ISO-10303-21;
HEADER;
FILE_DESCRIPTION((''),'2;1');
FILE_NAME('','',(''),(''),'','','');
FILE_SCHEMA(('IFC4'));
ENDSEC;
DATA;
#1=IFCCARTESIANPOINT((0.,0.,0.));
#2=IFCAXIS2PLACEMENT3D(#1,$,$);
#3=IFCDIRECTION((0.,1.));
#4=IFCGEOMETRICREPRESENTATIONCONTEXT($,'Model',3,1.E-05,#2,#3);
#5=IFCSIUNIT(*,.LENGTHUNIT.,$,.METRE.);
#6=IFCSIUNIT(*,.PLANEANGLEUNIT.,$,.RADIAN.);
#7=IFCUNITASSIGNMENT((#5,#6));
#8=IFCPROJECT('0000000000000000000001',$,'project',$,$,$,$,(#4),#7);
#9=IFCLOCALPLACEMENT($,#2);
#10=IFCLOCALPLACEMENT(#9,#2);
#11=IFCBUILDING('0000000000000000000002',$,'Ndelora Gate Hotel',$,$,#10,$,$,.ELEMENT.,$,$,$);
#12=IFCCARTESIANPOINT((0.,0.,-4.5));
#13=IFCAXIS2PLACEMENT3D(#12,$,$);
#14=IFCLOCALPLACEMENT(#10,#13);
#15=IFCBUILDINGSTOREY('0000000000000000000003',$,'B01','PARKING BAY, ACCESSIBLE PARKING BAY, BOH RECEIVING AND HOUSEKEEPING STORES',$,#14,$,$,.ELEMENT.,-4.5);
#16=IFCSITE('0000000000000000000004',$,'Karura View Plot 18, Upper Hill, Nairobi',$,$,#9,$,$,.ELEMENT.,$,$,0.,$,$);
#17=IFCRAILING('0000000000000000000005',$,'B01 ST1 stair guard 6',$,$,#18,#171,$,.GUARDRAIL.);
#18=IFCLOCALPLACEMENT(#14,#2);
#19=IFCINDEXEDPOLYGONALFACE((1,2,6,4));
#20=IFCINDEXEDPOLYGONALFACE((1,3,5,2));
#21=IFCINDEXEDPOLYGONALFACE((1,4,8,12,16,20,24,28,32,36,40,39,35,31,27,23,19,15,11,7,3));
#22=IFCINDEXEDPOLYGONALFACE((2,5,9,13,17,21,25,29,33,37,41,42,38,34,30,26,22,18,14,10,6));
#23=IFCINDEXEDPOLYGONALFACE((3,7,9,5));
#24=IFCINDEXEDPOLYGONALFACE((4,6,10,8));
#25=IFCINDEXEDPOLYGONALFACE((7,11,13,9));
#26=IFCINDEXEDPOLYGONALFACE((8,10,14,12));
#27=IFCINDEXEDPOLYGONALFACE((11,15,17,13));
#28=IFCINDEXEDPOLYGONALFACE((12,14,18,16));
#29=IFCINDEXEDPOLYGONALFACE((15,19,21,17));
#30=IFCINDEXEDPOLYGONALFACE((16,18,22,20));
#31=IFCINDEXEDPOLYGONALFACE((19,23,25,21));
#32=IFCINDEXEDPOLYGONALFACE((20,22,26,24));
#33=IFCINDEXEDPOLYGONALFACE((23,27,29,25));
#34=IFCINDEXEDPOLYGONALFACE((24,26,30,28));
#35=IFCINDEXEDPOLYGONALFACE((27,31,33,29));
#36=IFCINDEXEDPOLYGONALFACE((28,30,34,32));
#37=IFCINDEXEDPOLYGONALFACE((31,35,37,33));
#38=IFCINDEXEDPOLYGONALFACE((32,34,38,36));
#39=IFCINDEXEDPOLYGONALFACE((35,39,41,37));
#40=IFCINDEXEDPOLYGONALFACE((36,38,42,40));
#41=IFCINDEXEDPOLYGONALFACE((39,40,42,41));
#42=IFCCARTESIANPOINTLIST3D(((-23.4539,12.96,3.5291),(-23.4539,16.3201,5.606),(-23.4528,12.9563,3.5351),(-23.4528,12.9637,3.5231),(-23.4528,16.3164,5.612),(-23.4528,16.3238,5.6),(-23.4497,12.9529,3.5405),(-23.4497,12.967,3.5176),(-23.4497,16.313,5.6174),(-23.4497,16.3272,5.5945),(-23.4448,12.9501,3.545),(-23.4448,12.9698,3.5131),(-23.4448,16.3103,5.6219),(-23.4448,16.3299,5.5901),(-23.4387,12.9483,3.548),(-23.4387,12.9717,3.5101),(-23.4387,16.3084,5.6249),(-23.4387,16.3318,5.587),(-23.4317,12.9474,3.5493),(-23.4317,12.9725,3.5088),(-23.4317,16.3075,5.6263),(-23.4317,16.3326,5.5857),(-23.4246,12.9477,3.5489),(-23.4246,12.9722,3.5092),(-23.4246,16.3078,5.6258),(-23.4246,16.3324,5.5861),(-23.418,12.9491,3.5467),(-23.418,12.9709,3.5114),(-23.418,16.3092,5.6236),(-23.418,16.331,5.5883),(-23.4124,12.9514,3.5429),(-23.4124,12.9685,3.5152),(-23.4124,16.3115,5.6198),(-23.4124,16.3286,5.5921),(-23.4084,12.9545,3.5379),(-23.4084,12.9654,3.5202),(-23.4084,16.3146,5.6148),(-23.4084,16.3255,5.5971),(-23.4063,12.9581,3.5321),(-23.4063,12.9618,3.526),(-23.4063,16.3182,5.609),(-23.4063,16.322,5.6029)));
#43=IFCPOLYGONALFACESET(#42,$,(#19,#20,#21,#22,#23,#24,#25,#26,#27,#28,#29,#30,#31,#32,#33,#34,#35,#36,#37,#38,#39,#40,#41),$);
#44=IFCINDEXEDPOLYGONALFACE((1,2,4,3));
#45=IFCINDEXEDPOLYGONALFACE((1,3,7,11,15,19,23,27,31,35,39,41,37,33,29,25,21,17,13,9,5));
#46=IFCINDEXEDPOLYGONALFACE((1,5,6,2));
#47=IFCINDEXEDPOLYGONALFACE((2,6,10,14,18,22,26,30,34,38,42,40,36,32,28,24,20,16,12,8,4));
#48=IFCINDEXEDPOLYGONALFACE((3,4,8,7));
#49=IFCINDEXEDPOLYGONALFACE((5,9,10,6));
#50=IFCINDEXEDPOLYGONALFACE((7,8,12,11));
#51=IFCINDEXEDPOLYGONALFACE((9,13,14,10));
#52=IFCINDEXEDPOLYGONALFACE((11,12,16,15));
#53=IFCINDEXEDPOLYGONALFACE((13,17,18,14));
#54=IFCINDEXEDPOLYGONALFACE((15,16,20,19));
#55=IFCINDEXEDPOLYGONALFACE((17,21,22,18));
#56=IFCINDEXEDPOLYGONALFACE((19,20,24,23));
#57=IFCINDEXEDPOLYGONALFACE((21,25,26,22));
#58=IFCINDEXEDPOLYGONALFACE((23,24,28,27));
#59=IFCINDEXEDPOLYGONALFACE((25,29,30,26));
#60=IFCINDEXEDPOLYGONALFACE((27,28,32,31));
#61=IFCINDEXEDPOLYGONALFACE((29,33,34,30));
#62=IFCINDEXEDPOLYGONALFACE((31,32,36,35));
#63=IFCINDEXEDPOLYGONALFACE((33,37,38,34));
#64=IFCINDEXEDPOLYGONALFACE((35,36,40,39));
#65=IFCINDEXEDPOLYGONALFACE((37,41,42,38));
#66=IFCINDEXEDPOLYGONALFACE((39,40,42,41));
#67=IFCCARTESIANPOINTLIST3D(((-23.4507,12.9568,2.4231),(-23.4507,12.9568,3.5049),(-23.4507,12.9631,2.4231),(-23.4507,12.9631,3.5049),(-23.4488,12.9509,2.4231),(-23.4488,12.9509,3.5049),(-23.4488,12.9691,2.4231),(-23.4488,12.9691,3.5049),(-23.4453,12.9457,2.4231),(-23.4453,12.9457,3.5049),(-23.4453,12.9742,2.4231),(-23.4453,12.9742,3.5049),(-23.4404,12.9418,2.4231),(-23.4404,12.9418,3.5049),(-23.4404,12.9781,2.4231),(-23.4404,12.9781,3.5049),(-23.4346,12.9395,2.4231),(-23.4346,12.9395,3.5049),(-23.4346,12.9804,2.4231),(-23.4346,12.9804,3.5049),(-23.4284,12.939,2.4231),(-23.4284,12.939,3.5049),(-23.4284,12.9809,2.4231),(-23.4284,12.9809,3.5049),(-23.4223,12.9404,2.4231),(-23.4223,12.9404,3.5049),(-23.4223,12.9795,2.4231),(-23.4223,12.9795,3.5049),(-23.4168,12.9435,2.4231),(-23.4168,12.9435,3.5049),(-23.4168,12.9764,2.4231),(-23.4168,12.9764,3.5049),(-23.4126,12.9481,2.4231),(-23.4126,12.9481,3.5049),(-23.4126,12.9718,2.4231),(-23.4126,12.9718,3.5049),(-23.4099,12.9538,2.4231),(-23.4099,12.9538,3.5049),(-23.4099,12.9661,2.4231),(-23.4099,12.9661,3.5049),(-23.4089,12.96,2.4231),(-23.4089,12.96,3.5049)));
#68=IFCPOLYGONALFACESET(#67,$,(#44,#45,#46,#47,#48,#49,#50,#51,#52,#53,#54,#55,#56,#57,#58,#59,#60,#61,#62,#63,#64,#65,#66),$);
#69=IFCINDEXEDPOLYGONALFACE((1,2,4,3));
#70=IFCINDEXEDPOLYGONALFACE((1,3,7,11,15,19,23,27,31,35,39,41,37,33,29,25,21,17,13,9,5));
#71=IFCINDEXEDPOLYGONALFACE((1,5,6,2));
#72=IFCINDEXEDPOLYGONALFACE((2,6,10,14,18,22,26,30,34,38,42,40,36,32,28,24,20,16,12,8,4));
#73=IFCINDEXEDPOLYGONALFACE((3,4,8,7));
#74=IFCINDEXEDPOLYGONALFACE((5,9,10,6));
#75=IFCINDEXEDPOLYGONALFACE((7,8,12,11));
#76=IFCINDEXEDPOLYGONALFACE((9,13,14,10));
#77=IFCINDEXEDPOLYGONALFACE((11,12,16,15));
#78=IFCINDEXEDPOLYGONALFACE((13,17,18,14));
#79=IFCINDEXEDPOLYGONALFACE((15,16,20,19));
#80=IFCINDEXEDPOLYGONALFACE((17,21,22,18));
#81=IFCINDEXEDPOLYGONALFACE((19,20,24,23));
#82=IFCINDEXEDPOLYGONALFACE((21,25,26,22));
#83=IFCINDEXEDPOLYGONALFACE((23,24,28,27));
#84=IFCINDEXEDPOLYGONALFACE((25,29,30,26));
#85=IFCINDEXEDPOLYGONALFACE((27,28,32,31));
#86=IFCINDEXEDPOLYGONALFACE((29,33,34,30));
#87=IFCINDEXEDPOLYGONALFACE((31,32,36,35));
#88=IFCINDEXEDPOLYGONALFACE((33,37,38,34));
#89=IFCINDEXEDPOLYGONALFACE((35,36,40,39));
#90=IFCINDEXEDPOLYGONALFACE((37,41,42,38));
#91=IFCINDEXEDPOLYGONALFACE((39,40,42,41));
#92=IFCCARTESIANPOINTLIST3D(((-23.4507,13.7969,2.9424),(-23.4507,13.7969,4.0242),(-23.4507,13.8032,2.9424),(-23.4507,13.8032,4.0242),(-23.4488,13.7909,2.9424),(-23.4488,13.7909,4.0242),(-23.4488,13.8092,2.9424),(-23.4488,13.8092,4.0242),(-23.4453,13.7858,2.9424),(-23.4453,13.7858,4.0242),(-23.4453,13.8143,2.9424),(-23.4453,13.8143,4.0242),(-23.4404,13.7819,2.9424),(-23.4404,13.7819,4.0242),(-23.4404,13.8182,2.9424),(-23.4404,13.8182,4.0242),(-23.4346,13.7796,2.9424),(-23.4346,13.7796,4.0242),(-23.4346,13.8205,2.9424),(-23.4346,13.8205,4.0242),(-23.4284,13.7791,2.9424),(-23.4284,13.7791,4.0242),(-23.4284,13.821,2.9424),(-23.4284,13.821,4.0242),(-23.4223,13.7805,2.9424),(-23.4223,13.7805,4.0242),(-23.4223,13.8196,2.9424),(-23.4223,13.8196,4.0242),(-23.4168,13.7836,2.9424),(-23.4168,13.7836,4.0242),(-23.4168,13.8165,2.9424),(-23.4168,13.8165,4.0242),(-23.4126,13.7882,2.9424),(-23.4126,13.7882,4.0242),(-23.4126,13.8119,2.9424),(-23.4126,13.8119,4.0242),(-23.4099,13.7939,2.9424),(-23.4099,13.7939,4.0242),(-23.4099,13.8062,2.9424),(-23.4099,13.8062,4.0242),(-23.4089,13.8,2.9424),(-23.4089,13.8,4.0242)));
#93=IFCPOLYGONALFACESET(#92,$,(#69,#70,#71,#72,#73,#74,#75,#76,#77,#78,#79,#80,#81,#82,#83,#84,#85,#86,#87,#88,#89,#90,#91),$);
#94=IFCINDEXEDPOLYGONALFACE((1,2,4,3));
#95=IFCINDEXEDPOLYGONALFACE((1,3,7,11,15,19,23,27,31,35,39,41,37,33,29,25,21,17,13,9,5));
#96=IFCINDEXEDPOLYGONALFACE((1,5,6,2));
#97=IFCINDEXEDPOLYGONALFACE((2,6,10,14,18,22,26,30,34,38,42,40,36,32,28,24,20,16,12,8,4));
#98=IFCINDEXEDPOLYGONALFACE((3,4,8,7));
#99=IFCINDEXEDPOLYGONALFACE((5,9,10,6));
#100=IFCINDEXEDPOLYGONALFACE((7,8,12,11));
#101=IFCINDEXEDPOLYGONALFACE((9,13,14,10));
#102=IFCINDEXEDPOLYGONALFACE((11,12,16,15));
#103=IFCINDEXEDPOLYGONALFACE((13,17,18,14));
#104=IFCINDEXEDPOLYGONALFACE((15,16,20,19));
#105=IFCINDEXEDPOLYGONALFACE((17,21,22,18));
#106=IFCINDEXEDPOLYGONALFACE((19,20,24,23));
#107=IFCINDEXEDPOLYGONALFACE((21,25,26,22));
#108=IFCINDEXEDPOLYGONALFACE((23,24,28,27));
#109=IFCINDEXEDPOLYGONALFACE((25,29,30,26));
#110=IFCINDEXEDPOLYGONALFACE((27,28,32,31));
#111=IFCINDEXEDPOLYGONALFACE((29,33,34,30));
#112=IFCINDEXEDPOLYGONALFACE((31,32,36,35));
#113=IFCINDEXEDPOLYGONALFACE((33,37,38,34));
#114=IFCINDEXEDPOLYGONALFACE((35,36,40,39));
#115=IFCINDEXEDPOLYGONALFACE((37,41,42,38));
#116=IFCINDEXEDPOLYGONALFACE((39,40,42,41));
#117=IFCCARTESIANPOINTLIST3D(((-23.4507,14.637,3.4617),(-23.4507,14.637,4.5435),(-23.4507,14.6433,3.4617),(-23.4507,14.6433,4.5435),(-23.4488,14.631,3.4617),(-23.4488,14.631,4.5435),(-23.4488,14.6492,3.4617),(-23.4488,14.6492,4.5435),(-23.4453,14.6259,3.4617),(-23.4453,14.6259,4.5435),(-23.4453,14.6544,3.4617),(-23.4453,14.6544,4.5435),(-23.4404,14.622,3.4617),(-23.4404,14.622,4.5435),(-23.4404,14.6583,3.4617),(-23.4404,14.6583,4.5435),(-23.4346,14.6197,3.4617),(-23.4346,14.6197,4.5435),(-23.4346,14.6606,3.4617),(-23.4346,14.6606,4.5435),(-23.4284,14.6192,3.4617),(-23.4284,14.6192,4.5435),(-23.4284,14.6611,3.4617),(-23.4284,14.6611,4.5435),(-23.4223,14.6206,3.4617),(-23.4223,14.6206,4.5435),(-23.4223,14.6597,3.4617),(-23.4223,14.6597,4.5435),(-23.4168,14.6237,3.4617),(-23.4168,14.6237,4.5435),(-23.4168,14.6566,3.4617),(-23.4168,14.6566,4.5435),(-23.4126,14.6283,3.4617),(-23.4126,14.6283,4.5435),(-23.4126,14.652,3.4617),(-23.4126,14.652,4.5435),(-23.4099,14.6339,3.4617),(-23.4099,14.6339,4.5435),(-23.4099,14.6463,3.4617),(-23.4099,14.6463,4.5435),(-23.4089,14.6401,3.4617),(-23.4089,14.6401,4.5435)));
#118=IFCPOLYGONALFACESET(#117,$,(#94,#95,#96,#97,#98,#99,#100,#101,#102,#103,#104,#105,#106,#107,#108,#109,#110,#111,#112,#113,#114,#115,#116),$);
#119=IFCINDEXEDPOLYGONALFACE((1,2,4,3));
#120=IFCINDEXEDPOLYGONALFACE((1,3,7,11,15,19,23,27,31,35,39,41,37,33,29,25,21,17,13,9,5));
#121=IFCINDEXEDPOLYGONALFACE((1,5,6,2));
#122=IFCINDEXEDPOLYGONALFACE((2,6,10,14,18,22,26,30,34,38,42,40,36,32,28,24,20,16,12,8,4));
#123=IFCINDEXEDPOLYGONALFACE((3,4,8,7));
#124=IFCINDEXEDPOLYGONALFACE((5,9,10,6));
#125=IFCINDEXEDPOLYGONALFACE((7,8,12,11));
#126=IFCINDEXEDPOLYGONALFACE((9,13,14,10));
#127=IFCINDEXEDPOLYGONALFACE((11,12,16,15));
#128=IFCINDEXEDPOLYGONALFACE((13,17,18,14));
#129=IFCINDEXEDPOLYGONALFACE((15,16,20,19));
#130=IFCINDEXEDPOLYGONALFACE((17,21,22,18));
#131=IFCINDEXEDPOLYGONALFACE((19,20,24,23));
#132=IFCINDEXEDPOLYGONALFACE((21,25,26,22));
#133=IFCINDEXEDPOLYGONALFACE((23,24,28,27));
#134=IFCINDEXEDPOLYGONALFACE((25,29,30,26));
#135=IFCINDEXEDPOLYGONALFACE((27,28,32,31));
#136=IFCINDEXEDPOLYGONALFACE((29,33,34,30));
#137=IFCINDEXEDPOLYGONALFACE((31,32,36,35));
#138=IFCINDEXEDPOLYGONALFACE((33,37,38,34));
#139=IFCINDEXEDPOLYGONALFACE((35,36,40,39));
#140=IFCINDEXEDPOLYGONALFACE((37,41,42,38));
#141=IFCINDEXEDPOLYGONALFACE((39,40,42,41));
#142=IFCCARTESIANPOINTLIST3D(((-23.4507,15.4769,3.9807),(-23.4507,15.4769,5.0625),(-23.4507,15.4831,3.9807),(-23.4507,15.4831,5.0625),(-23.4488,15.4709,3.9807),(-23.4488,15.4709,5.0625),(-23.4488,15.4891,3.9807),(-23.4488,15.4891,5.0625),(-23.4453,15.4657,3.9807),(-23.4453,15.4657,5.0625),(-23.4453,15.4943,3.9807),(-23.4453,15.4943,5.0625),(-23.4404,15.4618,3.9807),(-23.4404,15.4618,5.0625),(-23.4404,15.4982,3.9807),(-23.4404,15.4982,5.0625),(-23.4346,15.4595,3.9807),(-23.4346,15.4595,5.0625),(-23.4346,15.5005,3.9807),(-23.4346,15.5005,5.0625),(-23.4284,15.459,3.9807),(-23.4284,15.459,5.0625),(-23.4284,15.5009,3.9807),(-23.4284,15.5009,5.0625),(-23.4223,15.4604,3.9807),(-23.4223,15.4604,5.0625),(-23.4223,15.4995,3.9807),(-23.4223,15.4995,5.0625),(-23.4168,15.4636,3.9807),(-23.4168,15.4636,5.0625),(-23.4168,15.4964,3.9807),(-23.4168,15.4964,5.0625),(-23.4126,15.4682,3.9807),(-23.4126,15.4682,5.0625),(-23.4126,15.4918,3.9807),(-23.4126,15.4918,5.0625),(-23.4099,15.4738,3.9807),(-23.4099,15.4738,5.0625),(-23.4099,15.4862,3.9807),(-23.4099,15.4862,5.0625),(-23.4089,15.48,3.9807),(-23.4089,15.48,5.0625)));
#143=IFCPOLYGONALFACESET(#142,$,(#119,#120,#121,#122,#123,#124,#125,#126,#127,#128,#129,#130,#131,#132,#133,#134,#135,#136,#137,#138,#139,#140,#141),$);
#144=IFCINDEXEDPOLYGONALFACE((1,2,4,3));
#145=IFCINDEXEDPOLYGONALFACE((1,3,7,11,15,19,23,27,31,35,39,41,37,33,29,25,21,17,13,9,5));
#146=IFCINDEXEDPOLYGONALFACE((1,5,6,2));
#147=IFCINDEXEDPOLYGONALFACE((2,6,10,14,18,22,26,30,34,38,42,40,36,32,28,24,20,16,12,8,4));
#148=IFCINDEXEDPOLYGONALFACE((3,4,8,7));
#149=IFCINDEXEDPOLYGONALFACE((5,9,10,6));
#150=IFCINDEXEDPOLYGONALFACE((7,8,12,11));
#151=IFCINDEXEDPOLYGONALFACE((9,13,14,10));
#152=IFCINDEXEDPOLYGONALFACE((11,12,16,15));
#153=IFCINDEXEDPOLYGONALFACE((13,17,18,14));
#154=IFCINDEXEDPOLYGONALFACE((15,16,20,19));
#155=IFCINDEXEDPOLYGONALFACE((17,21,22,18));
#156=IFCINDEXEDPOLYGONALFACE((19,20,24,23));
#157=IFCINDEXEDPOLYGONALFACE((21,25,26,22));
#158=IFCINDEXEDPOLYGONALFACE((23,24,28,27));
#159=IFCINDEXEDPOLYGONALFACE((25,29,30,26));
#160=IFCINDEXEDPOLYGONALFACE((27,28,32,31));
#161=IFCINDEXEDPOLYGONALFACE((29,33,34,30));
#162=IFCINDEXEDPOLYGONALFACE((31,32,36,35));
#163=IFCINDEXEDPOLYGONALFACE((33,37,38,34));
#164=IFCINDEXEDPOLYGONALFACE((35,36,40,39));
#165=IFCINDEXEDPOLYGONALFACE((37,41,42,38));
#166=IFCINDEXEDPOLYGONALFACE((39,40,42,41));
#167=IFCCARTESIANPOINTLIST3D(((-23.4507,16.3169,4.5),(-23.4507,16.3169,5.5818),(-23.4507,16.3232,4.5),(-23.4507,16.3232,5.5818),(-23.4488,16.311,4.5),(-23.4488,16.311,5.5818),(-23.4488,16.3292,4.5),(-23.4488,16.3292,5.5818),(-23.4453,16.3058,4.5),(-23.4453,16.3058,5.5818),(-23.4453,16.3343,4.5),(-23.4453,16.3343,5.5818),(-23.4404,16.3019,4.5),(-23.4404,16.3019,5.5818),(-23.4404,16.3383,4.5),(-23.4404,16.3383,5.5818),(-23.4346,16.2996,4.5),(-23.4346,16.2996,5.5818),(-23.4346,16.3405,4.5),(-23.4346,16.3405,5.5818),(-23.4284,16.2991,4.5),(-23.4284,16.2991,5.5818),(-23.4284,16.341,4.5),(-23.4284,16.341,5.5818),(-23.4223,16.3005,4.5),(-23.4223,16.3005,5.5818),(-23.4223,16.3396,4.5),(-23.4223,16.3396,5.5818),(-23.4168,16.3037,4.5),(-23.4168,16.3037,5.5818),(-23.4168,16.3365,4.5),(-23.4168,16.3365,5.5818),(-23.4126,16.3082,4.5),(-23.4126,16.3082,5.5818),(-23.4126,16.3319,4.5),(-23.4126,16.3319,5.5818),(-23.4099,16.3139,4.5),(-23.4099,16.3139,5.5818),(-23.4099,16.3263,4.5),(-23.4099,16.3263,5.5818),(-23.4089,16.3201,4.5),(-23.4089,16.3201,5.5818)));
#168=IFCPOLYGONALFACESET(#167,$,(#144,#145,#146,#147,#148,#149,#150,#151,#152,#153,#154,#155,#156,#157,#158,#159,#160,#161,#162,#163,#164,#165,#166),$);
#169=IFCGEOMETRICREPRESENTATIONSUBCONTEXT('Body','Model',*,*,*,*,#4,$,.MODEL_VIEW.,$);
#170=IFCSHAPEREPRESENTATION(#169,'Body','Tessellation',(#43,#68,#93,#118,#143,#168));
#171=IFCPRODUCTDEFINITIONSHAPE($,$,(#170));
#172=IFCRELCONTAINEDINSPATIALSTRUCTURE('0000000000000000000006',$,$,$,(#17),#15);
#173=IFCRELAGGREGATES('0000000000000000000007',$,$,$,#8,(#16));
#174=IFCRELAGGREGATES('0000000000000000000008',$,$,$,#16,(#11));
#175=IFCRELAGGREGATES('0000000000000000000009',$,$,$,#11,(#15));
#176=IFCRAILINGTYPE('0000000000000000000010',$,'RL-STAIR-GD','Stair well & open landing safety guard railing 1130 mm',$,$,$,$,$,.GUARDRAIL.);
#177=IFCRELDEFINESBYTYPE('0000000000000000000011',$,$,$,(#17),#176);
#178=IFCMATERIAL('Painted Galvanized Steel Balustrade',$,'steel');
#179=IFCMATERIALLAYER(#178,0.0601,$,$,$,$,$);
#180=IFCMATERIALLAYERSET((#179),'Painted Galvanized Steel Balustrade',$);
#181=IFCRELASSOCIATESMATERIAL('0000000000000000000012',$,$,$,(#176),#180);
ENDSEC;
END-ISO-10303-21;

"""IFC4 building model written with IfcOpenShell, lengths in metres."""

from ifc_helpers import new_model, si_unit, direction, frame, origin, origin_2d, place, context, subcontext, project, spatial, circle, extrude, material, layer, layer_set, type_object, element, save


model = new_model("IFC4")

# Units and contexts
model_context = context("Model", 3, precision=1e-05, world=origin(), true_north=direction((0.0, 1.0)))
body_context = subcontext(model_context, "Body", "Model", "MODEL_VIEW")
ifc_project = project(units=[si_unit("LENGTHUNIT", "METRE"), si_unit("PLANEANGLEUNIT", "RADIAN")], contexts=[model_context])

# Site, building, storey
site_placement = place(None, origin())
site = spatial("IfcSite", under=ifc_project, at=site_placement, Name="Karura View Plot 18, Upper Hill, Nairobi", CompositionType="ELEMENT", RefElevation=0.0)
building_placement = place(site_placement, origin())
building = spatial("IfcBuilding", under=site, at=building_placement, Name="Ndelora Gate Hotel", CompositionType="ELEMENT")
storey_placement = place(building_placement, frame((0.0, 0.0, -4.5)))
storey = spatial("IfcBuildingStorey", under=building, at=storey_placement, Name="B01", Description="PARKING BAY, ACCESSIBLE PARKING BAY, BOH RECEIVING AND HOUSEKEEPING STORES", CompositionType="ELEMENT", Elevation=-4.5)

# Railing
ifc_material_1 = material(Name="Painted Galvanized Steel Balustrade", Category="steel")
ifc_layer_1 = layer(ifc_material_1, 0.0601)
ifc_layer_set_1 = layer_set([ifc_layer_1], Name="Painted Galvanized Steel Balustrade")
railing_type_1 = type_object("IfcRailingType", Name="RL-STAIR-GD", Description="Stair well & open landing safety guard railing 1130 mm", PredefinedType="GUARDRAIL", material=ifc_layer_set_1)
railing_1_placement = place(storey_placement, frame((-23.4299, 12.96, 2.4231)))
element("IfcRailing", 1, at=railing_1_placement, inside=storey, type_object=railing_type_1, Name="B01 ST1 stair guard 6", PredefinedType="GUARDRAIL", context=body_context, shape_type="SweptSolid", body=[
    extrude(circle(Radius=0.0239, at=origin_2d()), frame((0.0, 0.0, 1.106), z_axis=(0.0, 0.850623, 0.525776), x_axis=(-1.0, 0.0, 0.0)), (0.0, 0.0, 1.0), 3.9502),
    extrude(circle(Radius=0.021, at=origin_2d()), origin(), (0.0, 0.0, 1.0), 1.0818),
    extrude(circle(Radius=0.021, at=origin_2d()), frame((0.0, 0.8401, 0.5193)), (0.0, 0.0, 1.0), 1.0818),
    extrude(circle(Radius=0.021, at=origin_2d()), frame((0.0, 1.6802, 1.0386)), (0.0, 0.0, 1.0), 1.0818),
    extrude(circle(Radius=0.021, at=origin_2d()), frame((0.0, 2.52, 1.5576)), (0.0, 0.0, 1.0), 1.0818),
    extrude(circle(Radius=0.021, at=origin_2d()), frame((0.0, 3.3601, 2.0769)), (0.0, 0.0, 1.0), 1.0818),
])

save(model, "model.ifc")
